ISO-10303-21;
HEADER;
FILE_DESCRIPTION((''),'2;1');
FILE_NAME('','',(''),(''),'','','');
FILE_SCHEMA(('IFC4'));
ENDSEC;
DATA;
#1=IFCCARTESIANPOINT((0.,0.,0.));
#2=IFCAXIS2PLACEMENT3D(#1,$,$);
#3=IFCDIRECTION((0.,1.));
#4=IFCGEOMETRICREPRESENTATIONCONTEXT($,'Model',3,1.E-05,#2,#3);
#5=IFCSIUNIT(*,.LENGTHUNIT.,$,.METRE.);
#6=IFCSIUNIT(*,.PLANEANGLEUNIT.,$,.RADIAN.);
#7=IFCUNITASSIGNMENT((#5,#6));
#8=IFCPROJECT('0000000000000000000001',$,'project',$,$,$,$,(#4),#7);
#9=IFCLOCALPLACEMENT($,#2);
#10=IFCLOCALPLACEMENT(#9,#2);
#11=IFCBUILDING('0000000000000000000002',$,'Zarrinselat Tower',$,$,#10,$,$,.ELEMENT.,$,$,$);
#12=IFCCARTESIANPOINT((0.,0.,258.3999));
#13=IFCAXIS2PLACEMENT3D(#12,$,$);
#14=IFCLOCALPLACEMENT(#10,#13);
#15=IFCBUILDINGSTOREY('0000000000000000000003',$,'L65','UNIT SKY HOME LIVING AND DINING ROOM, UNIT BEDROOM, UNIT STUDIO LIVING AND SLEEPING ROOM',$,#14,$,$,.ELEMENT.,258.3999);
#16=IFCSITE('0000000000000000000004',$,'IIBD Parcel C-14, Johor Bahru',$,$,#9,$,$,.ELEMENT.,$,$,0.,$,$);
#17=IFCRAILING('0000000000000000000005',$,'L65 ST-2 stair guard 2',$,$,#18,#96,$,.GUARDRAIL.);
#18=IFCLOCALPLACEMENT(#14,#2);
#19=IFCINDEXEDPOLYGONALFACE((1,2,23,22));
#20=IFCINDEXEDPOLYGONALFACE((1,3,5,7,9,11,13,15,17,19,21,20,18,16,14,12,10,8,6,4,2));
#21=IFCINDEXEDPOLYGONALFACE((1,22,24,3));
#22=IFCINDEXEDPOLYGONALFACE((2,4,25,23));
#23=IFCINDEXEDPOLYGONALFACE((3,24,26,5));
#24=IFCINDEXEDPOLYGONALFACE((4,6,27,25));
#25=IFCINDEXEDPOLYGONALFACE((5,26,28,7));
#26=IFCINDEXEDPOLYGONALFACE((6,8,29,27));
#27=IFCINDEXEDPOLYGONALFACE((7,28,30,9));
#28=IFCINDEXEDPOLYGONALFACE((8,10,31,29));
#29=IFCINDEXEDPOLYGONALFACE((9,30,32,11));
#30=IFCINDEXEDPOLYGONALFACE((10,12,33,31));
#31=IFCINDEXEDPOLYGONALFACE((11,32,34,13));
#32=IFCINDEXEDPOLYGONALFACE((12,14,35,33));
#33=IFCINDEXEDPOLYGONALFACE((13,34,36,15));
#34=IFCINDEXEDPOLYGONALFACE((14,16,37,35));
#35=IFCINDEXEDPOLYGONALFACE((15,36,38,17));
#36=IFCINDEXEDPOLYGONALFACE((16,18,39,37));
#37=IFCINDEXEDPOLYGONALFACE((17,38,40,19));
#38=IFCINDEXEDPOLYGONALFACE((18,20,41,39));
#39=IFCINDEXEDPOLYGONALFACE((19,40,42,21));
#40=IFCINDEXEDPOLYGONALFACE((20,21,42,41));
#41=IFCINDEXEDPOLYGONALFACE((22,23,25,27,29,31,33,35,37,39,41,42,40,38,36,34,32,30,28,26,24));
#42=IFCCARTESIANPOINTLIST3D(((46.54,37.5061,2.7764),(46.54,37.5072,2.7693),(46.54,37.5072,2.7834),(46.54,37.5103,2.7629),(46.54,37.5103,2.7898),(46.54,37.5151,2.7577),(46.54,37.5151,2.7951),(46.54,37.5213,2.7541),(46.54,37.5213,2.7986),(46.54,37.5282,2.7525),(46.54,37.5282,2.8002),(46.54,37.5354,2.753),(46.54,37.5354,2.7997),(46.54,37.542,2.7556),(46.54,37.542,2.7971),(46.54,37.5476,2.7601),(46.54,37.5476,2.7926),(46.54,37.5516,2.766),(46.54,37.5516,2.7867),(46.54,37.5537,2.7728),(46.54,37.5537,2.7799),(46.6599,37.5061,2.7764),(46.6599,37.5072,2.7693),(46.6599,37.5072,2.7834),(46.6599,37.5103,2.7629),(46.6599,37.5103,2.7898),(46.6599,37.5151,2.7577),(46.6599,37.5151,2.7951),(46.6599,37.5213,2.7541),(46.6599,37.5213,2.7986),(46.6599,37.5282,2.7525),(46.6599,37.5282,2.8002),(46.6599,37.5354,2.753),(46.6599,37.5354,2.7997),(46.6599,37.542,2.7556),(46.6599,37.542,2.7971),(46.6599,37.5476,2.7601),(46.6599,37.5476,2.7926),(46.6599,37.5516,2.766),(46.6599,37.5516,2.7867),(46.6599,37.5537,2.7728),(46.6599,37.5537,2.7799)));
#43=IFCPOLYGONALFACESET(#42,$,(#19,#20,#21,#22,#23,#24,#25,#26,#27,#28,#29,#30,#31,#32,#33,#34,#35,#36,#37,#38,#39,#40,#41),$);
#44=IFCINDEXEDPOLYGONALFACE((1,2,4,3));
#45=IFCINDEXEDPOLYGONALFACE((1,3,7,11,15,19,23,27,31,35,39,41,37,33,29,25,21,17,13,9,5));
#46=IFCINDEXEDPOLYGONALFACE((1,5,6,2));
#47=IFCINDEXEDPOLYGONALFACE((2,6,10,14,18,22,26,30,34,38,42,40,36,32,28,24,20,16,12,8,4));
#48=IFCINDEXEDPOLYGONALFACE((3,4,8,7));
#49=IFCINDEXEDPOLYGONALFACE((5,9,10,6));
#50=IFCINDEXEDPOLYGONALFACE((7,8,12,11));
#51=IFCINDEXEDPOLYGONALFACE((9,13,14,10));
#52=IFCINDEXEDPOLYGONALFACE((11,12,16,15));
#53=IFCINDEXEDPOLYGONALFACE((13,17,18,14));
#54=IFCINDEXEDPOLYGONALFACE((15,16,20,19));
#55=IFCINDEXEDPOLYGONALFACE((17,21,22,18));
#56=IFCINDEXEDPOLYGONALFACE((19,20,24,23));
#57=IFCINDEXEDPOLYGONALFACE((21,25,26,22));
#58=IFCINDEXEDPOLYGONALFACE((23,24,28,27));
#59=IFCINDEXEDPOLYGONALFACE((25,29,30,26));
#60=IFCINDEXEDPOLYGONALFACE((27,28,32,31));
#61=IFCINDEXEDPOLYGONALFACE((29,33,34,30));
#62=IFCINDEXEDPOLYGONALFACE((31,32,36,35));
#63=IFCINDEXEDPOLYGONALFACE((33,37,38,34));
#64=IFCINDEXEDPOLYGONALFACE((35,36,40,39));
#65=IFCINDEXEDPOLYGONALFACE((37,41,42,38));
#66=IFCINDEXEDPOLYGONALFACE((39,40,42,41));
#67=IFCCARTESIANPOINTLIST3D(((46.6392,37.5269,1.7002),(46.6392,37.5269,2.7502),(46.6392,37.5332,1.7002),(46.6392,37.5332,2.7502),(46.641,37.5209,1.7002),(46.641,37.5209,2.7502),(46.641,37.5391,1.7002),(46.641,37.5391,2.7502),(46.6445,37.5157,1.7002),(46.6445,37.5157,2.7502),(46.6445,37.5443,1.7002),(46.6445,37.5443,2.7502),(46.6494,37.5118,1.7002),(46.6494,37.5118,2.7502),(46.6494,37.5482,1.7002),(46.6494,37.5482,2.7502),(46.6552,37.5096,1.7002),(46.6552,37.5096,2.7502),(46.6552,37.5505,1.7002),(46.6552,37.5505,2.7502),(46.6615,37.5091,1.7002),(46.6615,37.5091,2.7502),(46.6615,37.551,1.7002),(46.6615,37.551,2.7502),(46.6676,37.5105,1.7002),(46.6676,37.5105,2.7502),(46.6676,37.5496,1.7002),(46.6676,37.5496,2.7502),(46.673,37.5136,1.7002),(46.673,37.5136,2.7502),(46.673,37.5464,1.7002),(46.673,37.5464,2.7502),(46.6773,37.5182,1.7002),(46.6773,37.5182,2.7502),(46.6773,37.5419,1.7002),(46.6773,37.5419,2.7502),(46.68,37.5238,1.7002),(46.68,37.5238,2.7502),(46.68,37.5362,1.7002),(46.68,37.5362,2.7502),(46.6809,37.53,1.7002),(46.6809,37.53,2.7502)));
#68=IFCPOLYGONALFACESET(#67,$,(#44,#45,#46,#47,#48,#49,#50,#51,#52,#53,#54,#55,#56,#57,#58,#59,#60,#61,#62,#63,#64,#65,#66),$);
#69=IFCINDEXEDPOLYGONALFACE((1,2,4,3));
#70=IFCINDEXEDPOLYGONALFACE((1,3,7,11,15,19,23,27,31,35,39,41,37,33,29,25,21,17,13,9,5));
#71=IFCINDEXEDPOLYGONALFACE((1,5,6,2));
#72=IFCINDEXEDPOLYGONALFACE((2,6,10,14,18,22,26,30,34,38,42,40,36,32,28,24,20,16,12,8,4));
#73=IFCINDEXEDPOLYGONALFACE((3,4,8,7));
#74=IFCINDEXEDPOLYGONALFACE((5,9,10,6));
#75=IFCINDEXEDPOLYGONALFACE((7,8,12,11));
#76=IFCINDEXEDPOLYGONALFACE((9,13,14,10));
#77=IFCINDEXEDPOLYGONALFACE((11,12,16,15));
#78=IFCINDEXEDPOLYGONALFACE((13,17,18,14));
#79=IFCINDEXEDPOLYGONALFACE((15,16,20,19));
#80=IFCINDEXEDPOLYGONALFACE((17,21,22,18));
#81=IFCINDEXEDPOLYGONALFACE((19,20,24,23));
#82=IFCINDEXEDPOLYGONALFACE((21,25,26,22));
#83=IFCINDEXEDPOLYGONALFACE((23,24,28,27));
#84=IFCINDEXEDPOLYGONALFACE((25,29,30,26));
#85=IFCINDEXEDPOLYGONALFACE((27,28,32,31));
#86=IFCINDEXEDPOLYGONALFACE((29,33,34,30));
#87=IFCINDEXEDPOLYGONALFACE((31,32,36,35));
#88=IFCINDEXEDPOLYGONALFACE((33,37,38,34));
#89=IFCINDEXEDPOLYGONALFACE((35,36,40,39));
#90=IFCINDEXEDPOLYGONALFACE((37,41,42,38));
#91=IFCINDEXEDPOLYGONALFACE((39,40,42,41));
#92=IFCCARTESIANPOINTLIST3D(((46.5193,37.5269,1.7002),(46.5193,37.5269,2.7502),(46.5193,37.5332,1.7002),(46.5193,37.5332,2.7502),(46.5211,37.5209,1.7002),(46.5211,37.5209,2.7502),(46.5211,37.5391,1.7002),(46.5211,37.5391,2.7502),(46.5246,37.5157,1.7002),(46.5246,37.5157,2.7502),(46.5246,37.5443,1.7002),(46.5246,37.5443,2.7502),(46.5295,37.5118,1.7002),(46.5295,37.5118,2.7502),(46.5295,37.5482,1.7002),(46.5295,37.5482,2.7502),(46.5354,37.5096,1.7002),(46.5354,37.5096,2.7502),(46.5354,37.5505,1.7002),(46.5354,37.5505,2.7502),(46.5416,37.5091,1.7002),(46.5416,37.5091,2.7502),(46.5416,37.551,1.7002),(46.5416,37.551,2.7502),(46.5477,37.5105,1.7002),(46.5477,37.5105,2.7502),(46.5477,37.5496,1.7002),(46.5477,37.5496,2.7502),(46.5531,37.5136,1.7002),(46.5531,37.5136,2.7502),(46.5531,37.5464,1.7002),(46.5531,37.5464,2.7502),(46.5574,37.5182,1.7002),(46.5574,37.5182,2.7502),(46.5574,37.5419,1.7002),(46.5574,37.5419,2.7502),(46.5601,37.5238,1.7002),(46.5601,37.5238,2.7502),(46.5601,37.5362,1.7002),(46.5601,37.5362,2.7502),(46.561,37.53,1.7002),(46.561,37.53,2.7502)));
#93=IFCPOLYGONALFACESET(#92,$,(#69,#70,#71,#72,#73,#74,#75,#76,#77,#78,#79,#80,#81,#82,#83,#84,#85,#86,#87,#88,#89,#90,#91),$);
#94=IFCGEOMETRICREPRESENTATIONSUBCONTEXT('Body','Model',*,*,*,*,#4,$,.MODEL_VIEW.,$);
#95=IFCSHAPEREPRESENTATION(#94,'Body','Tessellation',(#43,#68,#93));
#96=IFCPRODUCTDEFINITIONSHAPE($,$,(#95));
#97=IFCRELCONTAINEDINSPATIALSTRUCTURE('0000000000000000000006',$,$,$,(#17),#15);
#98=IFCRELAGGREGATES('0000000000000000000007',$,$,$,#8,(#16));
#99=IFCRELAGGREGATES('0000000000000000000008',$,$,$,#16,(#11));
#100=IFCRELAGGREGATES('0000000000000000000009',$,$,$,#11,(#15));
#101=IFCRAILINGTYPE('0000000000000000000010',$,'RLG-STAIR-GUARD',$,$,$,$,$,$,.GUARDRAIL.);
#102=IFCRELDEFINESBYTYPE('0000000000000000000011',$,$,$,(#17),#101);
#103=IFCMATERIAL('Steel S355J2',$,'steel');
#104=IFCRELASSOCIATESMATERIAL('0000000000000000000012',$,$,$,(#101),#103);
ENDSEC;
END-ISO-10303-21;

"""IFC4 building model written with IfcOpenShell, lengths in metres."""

from ifc_helpers import new_model, si_unit, direction, frame, origin, origin_2d, place, context, subcontext, project, spatial, circle, extrude, material, type_object, element, save


model = new_model("IFC4")

# Units and contexts
model_context = context("Model", 3, precision=1e-05, world=origin(), true_north=direction((0.0, 1.0)))
body_context = subcontext(model_context, "Body", "Model", "MODEL_VIEW")
ifc_project = project(units=[si_unit("LENGTHUNIT", "METRE"), si_unit("PLANEANGLEUNIT", "RADIAN")], contexts=[model_context])

# Site, building, storey
site_placement = place(None, origin())
site = spatial("IfcSite", under=ifc_project, at=site_placement, Name="IIBD Parcel C-14, Johor Bahru", CompositionType="ELEMENT", RefElevation=0.0)
building_placement = place(site_placement, origin())
building = spatial("IfcBuilding", under=site, at=building_placement, Name="Zarrinselat Tower", CompositionType="ELEMENT")
storey_placement = place(building_placement, frame((0.0, 0.0, 258.3999)))
storey = spatial("IfcBuildingStorey", under=building, at=storey_placement, Name="L65", Description="UNIT SKY HOME LIVING AND DINING ROOM, UNIT BEDROOM, UNIT STUDIO LIVING AND SLEEPING ROOM", CompositionType="ELEMENT", Elevation=258.3999)

# Railing
ifc_material_1 = material(Name="Steel S355J2", Category="steel")
railing_type_1 = type_object("IfcRailingType", Name="RLG-STAIR-GUARD", PredefinedType="GUARDRAIL", material=ifc_material_1)
railing_1_placement = place(storey_placement, frame((46.6599, 37.53, 1.7002)))
element("IfcRailing", 1, at=railing_1_placement, inside=storey, type_object=railing_type_1, Name="L65 ST-2 stair guard 2", PredefinedType="GUARDRAIL", context=body_context, shape_type="SweptSolid", body=[
    extrude(circle(Radius=0.0239, at=origin_2d()), frame((0.0, 0.0, 1.0762), z_axis=(-1.0, 0.0, 0.0), x_axis=(0.0, -1.0, 0.0)), (0.0, 0.0, 1.0), 0.1199),
    extrude(circle(Radius=0.021, at=origin_2d()), origin(), (0.0, 0.0, 1.0), 1.05),
    extrude(circle(Radius=0.021, at=origin_2d()), frame((-0.1199, 0.0, 0.0)), (0.0, 0.0, 1.0), 1.05),
])

save(model, "model.ifc")
